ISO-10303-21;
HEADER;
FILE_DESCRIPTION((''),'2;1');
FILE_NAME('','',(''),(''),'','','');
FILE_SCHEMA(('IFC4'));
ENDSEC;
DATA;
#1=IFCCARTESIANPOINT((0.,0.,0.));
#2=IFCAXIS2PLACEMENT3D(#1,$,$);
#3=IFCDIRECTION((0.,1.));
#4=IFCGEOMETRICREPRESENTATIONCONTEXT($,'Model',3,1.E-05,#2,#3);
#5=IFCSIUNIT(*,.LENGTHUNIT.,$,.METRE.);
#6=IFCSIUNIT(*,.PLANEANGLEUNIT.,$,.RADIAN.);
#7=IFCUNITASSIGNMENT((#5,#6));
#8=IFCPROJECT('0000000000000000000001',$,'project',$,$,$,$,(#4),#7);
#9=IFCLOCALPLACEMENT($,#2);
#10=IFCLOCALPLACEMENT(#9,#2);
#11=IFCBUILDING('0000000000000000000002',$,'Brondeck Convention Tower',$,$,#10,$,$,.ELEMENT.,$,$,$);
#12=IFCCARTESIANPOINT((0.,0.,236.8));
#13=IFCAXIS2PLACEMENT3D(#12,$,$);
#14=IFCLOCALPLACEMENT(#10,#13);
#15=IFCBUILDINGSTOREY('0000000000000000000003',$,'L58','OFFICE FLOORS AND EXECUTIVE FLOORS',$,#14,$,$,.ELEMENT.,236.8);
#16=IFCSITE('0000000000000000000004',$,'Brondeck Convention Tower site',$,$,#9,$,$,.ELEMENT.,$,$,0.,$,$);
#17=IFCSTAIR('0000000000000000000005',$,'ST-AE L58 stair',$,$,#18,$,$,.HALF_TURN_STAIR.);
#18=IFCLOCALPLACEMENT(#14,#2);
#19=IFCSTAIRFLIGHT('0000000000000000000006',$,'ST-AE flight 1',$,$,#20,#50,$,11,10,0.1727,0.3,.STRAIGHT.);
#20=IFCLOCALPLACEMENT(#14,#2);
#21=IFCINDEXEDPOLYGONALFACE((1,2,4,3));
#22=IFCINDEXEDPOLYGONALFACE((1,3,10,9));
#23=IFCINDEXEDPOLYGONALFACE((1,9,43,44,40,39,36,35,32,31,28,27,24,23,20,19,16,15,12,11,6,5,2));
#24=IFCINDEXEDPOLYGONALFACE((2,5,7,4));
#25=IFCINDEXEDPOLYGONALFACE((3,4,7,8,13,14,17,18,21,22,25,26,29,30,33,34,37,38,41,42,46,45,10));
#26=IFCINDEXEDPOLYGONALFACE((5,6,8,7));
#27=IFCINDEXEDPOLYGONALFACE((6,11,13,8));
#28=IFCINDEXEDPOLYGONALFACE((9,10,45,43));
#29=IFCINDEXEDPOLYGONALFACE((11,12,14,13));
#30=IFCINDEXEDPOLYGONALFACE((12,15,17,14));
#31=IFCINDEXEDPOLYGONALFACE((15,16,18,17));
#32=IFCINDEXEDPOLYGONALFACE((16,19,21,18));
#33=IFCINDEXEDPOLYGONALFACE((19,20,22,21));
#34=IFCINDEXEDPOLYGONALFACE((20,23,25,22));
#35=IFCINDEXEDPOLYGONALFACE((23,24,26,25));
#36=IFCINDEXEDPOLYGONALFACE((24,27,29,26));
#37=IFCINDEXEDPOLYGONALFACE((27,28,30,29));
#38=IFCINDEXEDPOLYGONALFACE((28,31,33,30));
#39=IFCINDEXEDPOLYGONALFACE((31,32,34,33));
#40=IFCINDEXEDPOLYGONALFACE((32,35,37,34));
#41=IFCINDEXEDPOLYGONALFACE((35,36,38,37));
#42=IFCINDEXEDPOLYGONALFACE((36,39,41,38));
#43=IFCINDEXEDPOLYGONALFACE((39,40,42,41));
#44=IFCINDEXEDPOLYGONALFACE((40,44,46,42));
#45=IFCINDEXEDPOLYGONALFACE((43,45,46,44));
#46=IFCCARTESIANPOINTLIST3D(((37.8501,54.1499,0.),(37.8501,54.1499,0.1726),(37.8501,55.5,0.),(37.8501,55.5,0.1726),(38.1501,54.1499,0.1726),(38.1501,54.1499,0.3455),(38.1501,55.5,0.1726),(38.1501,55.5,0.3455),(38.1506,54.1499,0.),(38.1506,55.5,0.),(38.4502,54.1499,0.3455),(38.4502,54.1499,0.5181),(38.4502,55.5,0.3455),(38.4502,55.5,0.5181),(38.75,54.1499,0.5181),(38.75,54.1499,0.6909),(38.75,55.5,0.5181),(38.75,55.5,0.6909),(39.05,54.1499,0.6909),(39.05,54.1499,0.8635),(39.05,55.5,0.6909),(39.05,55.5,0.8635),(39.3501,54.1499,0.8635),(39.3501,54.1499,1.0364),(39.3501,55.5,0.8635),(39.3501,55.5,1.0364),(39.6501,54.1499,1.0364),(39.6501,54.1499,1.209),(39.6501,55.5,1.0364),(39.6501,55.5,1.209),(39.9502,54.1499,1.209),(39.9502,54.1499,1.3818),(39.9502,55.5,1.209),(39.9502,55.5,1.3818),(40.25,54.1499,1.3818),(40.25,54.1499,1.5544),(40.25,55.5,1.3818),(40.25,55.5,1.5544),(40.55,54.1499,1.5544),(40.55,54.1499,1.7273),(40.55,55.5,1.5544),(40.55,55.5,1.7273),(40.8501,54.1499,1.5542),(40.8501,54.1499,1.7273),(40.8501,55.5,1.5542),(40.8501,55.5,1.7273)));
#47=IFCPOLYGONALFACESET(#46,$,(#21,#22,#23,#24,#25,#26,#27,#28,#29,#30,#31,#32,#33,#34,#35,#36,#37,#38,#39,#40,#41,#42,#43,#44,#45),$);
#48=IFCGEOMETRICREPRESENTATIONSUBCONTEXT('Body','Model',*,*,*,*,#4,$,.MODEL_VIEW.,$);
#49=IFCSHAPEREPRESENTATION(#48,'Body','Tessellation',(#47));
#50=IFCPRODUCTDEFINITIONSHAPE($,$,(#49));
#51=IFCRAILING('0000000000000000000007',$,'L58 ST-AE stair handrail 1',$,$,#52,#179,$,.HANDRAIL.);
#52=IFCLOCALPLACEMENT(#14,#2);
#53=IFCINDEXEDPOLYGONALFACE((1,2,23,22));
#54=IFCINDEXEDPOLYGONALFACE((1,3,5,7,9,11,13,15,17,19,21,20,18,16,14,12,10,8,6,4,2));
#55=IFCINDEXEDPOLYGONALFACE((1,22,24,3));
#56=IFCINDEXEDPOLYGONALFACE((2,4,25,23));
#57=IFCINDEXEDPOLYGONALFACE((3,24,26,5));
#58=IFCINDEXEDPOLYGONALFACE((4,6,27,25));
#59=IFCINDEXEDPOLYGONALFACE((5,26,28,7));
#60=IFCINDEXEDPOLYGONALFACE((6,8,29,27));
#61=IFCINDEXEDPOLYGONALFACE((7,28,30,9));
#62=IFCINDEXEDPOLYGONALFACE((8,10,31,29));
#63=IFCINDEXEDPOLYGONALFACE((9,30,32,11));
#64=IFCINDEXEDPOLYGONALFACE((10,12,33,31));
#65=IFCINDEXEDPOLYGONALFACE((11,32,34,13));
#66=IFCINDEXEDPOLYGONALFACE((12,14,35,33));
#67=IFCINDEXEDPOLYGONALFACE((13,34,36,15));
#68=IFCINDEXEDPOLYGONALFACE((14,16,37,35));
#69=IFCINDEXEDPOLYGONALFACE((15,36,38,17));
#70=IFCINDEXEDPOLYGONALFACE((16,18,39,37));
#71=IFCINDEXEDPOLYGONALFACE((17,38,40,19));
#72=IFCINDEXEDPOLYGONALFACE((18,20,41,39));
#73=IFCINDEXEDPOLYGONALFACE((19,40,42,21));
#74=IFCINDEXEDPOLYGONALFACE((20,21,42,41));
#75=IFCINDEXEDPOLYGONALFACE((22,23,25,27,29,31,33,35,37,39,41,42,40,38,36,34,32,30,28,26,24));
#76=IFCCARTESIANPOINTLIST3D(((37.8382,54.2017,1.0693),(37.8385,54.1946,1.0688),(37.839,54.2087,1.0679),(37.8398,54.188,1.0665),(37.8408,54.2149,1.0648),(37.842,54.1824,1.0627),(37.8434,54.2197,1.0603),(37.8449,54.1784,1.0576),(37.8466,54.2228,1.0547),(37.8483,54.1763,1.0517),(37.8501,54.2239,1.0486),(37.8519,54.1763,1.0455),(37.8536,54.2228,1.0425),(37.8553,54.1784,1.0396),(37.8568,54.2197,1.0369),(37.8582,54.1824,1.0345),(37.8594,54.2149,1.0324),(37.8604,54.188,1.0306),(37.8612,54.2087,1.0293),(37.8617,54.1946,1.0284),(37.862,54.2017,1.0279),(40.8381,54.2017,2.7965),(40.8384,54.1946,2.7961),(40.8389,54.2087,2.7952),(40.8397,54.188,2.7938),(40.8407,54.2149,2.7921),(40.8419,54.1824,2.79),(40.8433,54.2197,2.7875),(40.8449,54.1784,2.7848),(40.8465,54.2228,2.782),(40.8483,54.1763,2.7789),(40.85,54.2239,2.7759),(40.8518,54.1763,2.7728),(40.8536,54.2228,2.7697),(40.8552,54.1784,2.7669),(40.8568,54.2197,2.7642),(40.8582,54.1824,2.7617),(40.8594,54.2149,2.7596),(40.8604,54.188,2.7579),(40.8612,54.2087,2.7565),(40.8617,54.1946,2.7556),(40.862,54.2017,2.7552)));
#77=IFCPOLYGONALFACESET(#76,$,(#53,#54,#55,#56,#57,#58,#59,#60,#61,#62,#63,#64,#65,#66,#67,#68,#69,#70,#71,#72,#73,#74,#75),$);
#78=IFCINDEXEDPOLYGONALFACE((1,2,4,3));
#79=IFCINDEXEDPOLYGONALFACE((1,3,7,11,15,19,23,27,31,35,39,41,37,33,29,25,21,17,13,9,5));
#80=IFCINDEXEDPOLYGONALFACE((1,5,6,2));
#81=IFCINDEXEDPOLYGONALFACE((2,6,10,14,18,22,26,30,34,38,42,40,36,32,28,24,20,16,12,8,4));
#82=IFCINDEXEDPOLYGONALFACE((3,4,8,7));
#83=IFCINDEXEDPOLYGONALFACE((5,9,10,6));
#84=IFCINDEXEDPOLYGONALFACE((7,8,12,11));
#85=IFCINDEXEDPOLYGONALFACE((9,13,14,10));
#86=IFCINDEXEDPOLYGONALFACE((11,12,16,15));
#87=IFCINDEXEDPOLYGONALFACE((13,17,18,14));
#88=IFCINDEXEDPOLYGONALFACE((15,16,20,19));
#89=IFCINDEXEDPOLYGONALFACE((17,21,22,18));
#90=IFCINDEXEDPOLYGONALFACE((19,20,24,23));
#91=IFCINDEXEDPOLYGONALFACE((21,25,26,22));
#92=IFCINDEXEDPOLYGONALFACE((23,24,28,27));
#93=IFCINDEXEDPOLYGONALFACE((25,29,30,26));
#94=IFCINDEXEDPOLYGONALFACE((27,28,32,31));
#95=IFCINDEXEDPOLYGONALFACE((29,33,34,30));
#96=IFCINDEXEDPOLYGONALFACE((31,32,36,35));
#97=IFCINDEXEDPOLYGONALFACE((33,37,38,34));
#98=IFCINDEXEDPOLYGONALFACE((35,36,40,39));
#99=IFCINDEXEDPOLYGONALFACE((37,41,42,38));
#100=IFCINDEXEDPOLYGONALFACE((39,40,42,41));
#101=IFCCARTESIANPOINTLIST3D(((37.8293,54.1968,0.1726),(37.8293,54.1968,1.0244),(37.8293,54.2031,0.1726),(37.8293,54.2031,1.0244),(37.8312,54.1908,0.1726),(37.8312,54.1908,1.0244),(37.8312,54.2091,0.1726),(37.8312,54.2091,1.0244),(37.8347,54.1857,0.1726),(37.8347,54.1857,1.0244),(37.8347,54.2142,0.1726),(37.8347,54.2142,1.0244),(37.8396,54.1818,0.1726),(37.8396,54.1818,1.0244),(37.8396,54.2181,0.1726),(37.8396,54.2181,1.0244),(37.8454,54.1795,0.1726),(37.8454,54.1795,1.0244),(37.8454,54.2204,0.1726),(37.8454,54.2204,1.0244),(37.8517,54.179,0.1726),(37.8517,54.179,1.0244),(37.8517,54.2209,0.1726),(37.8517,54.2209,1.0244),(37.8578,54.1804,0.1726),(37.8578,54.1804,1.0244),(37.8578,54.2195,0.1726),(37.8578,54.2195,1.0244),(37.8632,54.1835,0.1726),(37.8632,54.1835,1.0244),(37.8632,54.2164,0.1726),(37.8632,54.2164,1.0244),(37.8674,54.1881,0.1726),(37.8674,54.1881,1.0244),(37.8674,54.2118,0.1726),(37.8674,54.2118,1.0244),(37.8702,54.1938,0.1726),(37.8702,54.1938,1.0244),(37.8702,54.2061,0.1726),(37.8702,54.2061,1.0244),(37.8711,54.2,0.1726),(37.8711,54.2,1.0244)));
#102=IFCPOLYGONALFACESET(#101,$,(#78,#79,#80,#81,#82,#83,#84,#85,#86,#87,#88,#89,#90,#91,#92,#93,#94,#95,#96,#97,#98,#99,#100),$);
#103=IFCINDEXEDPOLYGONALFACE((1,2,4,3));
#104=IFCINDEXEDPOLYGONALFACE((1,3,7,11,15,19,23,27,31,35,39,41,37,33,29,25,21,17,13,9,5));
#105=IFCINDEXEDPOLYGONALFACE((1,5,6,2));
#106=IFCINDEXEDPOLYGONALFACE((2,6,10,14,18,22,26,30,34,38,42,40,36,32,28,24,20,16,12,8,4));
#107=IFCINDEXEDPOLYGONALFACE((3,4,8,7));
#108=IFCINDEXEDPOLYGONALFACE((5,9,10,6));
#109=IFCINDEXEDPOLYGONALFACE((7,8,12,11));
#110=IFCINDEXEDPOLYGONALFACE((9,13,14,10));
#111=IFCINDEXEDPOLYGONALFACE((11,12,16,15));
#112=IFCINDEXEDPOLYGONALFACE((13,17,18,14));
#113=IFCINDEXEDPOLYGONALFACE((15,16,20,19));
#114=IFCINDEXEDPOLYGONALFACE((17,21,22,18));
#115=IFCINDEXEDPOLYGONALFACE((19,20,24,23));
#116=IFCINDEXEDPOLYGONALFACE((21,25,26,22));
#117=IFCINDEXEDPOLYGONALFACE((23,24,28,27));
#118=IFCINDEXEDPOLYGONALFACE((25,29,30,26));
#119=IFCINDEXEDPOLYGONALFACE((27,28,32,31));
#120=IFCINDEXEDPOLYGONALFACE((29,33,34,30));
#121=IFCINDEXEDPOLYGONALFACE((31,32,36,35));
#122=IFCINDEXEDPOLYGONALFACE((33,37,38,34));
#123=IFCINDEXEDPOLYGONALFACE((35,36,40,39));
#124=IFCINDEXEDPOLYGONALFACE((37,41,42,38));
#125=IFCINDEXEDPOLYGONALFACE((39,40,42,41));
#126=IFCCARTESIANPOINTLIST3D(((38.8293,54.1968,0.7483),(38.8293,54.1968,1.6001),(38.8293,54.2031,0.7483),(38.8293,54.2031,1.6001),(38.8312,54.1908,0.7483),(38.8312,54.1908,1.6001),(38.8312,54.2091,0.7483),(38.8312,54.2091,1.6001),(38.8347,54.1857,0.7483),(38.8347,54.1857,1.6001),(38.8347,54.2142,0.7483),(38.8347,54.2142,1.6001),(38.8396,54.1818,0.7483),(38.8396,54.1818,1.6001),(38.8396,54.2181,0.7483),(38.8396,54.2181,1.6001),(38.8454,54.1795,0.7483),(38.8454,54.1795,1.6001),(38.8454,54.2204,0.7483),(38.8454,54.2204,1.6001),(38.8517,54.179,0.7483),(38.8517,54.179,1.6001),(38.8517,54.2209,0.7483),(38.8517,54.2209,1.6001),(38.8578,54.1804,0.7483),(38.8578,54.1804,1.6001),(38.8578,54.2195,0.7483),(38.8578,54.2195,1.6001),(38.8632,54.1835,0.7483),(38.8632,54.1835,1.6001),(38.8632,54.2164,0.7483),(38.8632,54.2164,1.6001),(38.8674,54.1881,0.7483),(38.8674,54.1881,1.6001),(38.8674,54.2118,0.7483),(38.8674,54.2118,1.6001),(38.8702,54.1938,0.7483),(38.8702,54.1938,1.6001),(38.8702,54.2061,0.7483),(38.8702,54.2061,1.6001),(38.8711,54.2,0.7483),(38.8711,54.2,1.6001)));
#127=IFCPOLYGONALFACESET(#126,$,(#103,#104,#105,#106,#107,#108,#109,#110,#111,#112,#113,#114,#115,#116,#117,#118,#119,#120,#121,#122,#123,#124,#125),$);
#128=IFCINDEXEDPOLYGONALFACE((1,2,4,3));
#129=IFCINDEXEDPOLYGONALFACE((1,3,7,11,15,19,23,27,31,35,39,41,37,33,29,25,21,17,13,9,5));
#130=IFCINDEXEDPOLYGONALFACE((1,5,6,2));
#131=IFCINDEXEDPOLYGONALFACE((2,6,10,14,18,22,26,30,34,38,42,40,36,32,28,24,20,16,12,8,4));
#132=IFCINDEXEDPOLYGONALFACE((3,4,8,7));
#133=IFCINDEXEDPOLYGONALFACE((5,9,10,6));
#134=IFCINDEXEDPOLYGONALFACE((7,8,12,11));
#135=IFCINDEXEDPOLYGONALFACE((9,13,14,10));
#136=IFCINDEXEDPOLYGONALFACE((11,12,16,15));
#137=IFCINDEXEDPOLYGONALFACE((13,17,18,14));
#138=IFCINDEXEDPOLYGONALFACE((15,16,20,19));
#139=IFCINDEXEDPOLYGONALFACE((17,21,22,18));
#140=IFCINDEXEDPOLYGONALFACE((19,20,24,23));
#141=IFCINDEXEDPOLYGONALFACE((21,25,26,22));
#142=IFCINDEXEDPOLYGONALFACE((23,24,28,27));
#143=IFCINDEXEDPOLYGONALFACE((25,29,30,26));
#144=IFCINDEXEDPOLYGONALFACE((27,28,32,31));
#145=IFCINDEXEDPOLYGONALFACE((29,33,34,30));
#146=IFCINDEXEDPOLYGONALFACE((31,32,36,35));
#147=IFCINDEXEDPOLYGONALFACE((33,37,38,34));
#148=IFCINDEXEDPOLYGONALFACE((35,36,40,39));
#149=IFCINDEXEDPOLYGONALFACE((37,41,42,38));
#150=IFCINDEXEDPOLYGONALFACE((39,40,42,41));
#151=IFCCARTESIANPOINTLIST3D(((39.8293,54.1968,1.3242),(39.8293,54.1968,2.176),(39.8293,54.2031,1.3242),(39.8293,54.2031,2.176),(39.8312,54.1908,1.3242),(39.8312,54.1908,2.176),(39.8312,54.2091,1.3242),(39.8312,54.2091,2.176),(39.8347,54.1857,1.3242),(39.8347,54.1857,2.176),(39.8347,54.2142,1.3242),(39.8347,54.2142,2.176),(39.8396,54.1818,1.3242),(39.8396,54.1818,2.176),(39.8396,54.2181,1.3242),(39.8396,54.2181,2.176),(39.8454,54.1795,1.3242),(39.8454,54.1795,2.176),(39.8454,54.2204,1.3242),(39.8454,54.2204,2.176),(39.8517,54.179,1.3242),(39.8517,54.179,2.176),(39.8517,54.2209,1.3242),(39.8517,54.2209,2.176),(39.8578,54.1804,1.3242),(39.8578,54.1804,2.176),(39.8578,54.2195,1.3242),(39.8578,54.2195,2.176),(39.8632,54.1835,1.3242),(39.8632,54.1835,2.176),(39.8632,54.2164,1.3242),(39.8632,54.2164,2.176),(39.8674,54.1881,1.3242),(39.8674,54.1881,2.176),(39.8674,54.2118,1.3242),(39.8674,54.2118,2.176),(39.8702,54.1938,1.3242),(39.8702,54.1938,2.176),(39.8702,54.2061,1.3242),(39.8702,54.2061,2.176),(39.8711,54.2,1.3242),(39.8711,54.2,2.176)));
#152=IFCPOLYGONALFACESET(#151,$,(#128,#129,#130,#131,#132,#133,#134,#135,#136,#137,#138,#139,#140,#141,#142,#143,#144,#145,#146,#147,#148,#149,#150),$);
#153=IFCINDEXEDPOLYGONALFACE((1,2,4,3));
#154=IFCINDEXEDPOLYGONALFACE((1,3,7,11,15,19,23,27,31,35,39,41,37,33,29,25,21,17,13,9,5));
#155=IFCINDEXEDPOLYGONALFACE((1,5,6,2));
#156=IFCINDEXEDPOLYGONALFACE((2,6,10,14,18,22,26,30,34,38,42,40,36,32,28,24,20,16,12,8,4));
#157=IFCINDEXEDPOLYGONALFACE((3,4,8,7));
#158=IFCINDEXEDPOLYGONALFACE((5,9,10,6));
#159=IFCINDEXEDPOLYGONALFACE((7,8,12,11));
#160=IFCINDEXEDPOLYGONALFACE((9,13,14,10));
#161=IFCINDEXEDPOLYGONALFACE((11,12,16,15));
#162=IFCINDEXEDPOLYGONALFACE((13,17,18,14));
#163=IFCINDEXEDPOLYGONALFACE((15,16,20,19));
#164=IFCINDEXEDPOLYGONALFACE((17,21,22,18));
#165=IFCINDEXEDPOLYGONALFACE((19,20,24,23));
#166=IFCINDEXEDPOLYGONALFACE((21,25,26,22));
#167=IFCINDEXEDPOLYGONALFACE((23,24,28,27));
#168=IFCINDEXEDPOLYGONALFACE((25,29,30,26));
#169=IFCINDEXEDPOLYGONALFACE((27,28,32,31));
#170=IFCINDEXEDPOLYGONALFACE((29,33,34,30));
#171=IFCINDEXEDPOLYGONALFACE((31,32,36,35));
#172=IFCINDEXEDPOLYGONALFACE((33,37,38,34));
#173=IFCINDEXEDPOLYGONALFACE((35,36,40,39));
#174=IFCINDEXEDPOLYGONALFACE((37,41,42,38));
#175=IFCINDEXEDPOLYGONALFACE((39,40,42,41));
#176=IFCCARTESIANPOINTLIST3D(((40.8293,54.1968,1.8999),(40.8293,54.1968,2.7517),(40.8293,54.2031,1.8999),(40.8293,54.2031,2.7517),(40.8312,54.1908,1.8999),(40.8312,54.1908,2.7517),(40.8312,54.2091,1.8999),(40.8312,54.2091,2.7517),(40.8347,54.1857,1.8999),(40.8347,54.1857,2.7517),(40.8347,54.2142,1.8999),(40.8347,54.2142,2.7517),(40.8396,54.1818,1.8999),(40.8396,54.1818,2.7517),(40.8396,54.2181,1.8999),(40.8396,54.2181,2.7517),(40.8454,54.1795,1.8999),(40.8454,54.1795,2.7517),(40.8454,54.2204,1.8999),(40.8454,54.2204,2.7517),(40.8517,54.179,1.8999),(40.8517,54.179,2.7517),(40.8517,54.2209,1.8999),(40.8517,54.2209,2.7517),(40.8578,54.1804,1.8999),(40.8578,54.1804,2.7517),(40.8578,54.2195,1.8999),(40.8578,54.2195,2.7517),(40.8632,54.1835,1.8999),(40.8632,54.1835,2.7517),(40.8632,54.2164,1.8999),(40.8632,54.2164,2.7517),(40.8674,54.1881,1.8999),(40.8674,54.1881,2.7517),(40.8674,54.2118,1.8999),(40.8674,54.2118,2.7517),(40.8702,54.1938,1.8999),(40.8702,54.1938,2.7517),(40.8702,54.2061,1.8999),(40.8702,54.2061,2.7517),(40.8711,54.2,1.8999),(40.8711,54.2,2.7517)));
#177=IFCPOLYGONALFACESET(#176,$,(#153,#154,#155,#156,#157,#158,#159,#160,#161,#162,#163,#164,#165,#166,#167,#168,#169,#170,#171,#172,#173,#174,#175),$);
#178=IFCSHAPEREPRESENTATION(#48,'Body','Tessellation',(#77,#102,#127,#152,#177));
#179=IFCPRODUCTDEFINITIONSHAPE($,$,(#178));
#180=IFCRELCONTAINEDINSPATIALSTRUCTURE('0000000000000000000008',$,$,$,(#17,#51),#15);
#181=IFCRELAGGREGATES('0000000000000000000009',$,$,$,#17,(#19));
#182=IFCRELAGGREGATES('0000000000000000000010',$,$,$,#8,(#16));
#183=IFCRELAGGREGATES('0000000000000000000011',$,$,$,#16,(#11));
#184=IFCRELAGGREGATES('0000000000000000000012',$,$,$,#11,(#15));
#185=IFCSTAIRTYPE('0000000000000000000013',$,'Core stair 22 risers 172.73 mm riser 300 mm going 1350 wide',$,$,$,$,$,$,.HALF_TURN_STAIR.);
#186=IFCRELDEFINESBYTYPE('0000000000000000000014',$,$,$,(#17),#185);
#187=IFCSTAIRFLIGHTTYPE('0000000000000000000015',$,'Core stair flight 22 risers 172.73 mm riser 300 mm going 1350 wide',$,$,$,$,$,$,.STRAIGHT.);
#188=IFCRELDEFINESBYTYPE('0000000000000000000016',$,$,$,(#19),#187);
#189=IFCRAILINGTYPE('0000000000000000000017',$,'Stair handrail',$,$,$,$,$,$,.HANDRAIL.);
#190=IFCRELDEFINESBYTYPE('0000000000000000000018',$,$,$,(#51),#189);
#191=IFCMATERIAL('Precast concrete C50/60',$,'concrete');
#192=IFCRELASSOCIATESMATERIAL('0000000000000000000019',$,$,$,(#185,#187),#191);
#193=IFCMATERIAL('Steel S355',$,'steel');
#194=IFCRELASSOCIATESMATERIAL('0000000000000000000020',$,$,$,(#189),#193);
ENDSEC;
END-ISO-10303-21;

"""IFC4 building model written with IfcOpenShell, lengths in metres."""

from ifc_helpers import new_model, si_unit, direction, frame, origin, origin_2d, place, context, subcontext, project, spatial, polyline, circle, outline, extrude, material, type_object, element, aggregate, save


model = new_model("IFC4")

# Units and contexts
model_context = context("Model", 3, precision=1e-05, world=origin(), true_north=direction((0.0, 1.0)))
body_context = subcontext(model_context, "Body", "Model", "MODEL_VIEW")
ifc_project = project(units=[si_unit("LENGTHUNIT", "METRE"), si_unit("PLANEANGLEUNIT", "RADIAN")], contexts=[model_context])

# Site, building, storey
site_placement = place(None, origin())
site = spatial("IfcSite", under=ifc_project, at=site_placement, Name="Brondeck Convention Tower site", CompositionType="ELEMENT", RefElevation=0.0)
building_placement = place(site_placement, origin())
building = spatial("IfcBuilding", under=site, at=building_placement, Name="Brondeck Convention Tower", CompositionType="ELEMENT")
storey_placement = place(building_placement, frame((0.0, 0.0, 236.8)))
storey = spatial("IfcBuildingStorey", under=building, at=storey_placement, Name="L58", Description="OFFICE FLOORS AND EXECUTIVE FLOORS", CompositionType="ELEMENT", Elevation=236.8)

# Shared definitions
ifc_material_1 = material(Name="Steel S355", Category="steel")

# Stair, stair flight
ifc_material_2 = material(Name="Precast concrete C50/60", Category="concrete")
stair_type = type_object("IfcStairType", Name="Core stair 22 risers 172.73 mm riser 300 mm going 1350 wide", PredefinedType="HALF_TURN_STAIR", material=ifc_material_2)
stair_placement = place(storey_placement, origin())
stair = element("IfcStair", 1, at=stair_placement, inside=storey, type_object=stair_type, Name="ST-AE L58 stair", PredefinedType="HALF_TURN_STAIR")
stair_flight_type = type_object("IfcStairFlightType", Name="Core stair flight 22 risers 172.73 mm riser 300 mm going 1350 wide", PredefinedType="STRAIGHT", material=ifc_material_2)
stair_flight_placement = place(storey_placement, frame((37.8501, 54.825, 0.0), z_axis=(0.0, 0.0, 1.0), x_axis=(1.0, 0.0, 0.0)))
stair_flight = element("IfcStairFlight", 2, at=stair_flight_placement, type_object=stair_flight_type, Name="ST-AE flight 1", NumberOfRisers=11, NumberOfTreads=10, PredefinedType="STRAIGHT", RiserHeight=0.1727, TreadLength=0.3, context=body_context, shape_type="SweptSolid", body=[
    extrude(outline(polyline([(0.0, 0.0), (0.0, 0.1726), (0.3, 0.1726), (0.3, 0.3455), (0.6001, 0.3455), (0.6001, 0.5181), (0.8999, 0.5181), (0.8999, 0.6909), (1.2, 0.6909), (1.2, 0.8635), (1.5, 0.8635), (1.5, 1.0364), (1.8, 1.0364), (1.8, 1.209), (2.1001, 1.209), (2.1001, 1.3818), (2.3999, 1.3818), (2.3999, 1.5544), (2.7, 1.5544), (2.7, 1.7273), (3.0, 1.7273), (3.0, 1.8999), (3.0, 1.5542), (0.3005, 0.0), (0.0, 0.0)])), frame((0.0, 0.675, 0.0), z_axis=(0.0, -1.0, 0.0), x_axis=(1.0, 0.0, 0.0)), (0.0, 0.0, 1.0), 1.3501),
])
aggregate(stair, [stair_flight])

# Railing
railing_type = type_object("IfcRailingType", Name="Stair handrail", PredefinedType="HANDRAIL", material=ifc_material_1)
railing_placement = place(storey_placement, frame((37.8501, 54.2, 0.1726)))
element("IfcRailing", 3, at=railing_placement, inside=storey, type_object=railing_type, Name="L58 ST-AE stair handrail 1", PredefinedType="HANDRAIL", context=body_context, shape_type="SweptSolid", body=[
    extrude(circle(Radius=0.0239, at=origin_2d()), frame((0.0, 0.0, 0.876), z_axis=(0.86662, 0.0, 0.498969), x_axis=(0.0, 1.0, 0.0)), (0.0, 0.0, 1.0), 3.4617),
    extrude(circle(Radius=0.021, at=origin_2d()), origin(), (0.0, 0.0, 1.0), 0.8518),
    extrude(circle(Radius=0.021, at=origin_2d()), frame((1.0, 0.0, 0.5757)), (0.0, 0.0, 1.0), 0.8518),
    extrude(circle(Radius=0.021, at=origin_2d()), frame((2.0, 0.0, 1.1516)), (0.0, 0.0, 1.0), 0.8518),
    extrude(circle(Radius=0.021, at=origin_2d()), frame((3.0, 0.0, 1.7273)), (0.0, 0.0, 1.0), 0.8518),
])

save(model, "model.ifc")
